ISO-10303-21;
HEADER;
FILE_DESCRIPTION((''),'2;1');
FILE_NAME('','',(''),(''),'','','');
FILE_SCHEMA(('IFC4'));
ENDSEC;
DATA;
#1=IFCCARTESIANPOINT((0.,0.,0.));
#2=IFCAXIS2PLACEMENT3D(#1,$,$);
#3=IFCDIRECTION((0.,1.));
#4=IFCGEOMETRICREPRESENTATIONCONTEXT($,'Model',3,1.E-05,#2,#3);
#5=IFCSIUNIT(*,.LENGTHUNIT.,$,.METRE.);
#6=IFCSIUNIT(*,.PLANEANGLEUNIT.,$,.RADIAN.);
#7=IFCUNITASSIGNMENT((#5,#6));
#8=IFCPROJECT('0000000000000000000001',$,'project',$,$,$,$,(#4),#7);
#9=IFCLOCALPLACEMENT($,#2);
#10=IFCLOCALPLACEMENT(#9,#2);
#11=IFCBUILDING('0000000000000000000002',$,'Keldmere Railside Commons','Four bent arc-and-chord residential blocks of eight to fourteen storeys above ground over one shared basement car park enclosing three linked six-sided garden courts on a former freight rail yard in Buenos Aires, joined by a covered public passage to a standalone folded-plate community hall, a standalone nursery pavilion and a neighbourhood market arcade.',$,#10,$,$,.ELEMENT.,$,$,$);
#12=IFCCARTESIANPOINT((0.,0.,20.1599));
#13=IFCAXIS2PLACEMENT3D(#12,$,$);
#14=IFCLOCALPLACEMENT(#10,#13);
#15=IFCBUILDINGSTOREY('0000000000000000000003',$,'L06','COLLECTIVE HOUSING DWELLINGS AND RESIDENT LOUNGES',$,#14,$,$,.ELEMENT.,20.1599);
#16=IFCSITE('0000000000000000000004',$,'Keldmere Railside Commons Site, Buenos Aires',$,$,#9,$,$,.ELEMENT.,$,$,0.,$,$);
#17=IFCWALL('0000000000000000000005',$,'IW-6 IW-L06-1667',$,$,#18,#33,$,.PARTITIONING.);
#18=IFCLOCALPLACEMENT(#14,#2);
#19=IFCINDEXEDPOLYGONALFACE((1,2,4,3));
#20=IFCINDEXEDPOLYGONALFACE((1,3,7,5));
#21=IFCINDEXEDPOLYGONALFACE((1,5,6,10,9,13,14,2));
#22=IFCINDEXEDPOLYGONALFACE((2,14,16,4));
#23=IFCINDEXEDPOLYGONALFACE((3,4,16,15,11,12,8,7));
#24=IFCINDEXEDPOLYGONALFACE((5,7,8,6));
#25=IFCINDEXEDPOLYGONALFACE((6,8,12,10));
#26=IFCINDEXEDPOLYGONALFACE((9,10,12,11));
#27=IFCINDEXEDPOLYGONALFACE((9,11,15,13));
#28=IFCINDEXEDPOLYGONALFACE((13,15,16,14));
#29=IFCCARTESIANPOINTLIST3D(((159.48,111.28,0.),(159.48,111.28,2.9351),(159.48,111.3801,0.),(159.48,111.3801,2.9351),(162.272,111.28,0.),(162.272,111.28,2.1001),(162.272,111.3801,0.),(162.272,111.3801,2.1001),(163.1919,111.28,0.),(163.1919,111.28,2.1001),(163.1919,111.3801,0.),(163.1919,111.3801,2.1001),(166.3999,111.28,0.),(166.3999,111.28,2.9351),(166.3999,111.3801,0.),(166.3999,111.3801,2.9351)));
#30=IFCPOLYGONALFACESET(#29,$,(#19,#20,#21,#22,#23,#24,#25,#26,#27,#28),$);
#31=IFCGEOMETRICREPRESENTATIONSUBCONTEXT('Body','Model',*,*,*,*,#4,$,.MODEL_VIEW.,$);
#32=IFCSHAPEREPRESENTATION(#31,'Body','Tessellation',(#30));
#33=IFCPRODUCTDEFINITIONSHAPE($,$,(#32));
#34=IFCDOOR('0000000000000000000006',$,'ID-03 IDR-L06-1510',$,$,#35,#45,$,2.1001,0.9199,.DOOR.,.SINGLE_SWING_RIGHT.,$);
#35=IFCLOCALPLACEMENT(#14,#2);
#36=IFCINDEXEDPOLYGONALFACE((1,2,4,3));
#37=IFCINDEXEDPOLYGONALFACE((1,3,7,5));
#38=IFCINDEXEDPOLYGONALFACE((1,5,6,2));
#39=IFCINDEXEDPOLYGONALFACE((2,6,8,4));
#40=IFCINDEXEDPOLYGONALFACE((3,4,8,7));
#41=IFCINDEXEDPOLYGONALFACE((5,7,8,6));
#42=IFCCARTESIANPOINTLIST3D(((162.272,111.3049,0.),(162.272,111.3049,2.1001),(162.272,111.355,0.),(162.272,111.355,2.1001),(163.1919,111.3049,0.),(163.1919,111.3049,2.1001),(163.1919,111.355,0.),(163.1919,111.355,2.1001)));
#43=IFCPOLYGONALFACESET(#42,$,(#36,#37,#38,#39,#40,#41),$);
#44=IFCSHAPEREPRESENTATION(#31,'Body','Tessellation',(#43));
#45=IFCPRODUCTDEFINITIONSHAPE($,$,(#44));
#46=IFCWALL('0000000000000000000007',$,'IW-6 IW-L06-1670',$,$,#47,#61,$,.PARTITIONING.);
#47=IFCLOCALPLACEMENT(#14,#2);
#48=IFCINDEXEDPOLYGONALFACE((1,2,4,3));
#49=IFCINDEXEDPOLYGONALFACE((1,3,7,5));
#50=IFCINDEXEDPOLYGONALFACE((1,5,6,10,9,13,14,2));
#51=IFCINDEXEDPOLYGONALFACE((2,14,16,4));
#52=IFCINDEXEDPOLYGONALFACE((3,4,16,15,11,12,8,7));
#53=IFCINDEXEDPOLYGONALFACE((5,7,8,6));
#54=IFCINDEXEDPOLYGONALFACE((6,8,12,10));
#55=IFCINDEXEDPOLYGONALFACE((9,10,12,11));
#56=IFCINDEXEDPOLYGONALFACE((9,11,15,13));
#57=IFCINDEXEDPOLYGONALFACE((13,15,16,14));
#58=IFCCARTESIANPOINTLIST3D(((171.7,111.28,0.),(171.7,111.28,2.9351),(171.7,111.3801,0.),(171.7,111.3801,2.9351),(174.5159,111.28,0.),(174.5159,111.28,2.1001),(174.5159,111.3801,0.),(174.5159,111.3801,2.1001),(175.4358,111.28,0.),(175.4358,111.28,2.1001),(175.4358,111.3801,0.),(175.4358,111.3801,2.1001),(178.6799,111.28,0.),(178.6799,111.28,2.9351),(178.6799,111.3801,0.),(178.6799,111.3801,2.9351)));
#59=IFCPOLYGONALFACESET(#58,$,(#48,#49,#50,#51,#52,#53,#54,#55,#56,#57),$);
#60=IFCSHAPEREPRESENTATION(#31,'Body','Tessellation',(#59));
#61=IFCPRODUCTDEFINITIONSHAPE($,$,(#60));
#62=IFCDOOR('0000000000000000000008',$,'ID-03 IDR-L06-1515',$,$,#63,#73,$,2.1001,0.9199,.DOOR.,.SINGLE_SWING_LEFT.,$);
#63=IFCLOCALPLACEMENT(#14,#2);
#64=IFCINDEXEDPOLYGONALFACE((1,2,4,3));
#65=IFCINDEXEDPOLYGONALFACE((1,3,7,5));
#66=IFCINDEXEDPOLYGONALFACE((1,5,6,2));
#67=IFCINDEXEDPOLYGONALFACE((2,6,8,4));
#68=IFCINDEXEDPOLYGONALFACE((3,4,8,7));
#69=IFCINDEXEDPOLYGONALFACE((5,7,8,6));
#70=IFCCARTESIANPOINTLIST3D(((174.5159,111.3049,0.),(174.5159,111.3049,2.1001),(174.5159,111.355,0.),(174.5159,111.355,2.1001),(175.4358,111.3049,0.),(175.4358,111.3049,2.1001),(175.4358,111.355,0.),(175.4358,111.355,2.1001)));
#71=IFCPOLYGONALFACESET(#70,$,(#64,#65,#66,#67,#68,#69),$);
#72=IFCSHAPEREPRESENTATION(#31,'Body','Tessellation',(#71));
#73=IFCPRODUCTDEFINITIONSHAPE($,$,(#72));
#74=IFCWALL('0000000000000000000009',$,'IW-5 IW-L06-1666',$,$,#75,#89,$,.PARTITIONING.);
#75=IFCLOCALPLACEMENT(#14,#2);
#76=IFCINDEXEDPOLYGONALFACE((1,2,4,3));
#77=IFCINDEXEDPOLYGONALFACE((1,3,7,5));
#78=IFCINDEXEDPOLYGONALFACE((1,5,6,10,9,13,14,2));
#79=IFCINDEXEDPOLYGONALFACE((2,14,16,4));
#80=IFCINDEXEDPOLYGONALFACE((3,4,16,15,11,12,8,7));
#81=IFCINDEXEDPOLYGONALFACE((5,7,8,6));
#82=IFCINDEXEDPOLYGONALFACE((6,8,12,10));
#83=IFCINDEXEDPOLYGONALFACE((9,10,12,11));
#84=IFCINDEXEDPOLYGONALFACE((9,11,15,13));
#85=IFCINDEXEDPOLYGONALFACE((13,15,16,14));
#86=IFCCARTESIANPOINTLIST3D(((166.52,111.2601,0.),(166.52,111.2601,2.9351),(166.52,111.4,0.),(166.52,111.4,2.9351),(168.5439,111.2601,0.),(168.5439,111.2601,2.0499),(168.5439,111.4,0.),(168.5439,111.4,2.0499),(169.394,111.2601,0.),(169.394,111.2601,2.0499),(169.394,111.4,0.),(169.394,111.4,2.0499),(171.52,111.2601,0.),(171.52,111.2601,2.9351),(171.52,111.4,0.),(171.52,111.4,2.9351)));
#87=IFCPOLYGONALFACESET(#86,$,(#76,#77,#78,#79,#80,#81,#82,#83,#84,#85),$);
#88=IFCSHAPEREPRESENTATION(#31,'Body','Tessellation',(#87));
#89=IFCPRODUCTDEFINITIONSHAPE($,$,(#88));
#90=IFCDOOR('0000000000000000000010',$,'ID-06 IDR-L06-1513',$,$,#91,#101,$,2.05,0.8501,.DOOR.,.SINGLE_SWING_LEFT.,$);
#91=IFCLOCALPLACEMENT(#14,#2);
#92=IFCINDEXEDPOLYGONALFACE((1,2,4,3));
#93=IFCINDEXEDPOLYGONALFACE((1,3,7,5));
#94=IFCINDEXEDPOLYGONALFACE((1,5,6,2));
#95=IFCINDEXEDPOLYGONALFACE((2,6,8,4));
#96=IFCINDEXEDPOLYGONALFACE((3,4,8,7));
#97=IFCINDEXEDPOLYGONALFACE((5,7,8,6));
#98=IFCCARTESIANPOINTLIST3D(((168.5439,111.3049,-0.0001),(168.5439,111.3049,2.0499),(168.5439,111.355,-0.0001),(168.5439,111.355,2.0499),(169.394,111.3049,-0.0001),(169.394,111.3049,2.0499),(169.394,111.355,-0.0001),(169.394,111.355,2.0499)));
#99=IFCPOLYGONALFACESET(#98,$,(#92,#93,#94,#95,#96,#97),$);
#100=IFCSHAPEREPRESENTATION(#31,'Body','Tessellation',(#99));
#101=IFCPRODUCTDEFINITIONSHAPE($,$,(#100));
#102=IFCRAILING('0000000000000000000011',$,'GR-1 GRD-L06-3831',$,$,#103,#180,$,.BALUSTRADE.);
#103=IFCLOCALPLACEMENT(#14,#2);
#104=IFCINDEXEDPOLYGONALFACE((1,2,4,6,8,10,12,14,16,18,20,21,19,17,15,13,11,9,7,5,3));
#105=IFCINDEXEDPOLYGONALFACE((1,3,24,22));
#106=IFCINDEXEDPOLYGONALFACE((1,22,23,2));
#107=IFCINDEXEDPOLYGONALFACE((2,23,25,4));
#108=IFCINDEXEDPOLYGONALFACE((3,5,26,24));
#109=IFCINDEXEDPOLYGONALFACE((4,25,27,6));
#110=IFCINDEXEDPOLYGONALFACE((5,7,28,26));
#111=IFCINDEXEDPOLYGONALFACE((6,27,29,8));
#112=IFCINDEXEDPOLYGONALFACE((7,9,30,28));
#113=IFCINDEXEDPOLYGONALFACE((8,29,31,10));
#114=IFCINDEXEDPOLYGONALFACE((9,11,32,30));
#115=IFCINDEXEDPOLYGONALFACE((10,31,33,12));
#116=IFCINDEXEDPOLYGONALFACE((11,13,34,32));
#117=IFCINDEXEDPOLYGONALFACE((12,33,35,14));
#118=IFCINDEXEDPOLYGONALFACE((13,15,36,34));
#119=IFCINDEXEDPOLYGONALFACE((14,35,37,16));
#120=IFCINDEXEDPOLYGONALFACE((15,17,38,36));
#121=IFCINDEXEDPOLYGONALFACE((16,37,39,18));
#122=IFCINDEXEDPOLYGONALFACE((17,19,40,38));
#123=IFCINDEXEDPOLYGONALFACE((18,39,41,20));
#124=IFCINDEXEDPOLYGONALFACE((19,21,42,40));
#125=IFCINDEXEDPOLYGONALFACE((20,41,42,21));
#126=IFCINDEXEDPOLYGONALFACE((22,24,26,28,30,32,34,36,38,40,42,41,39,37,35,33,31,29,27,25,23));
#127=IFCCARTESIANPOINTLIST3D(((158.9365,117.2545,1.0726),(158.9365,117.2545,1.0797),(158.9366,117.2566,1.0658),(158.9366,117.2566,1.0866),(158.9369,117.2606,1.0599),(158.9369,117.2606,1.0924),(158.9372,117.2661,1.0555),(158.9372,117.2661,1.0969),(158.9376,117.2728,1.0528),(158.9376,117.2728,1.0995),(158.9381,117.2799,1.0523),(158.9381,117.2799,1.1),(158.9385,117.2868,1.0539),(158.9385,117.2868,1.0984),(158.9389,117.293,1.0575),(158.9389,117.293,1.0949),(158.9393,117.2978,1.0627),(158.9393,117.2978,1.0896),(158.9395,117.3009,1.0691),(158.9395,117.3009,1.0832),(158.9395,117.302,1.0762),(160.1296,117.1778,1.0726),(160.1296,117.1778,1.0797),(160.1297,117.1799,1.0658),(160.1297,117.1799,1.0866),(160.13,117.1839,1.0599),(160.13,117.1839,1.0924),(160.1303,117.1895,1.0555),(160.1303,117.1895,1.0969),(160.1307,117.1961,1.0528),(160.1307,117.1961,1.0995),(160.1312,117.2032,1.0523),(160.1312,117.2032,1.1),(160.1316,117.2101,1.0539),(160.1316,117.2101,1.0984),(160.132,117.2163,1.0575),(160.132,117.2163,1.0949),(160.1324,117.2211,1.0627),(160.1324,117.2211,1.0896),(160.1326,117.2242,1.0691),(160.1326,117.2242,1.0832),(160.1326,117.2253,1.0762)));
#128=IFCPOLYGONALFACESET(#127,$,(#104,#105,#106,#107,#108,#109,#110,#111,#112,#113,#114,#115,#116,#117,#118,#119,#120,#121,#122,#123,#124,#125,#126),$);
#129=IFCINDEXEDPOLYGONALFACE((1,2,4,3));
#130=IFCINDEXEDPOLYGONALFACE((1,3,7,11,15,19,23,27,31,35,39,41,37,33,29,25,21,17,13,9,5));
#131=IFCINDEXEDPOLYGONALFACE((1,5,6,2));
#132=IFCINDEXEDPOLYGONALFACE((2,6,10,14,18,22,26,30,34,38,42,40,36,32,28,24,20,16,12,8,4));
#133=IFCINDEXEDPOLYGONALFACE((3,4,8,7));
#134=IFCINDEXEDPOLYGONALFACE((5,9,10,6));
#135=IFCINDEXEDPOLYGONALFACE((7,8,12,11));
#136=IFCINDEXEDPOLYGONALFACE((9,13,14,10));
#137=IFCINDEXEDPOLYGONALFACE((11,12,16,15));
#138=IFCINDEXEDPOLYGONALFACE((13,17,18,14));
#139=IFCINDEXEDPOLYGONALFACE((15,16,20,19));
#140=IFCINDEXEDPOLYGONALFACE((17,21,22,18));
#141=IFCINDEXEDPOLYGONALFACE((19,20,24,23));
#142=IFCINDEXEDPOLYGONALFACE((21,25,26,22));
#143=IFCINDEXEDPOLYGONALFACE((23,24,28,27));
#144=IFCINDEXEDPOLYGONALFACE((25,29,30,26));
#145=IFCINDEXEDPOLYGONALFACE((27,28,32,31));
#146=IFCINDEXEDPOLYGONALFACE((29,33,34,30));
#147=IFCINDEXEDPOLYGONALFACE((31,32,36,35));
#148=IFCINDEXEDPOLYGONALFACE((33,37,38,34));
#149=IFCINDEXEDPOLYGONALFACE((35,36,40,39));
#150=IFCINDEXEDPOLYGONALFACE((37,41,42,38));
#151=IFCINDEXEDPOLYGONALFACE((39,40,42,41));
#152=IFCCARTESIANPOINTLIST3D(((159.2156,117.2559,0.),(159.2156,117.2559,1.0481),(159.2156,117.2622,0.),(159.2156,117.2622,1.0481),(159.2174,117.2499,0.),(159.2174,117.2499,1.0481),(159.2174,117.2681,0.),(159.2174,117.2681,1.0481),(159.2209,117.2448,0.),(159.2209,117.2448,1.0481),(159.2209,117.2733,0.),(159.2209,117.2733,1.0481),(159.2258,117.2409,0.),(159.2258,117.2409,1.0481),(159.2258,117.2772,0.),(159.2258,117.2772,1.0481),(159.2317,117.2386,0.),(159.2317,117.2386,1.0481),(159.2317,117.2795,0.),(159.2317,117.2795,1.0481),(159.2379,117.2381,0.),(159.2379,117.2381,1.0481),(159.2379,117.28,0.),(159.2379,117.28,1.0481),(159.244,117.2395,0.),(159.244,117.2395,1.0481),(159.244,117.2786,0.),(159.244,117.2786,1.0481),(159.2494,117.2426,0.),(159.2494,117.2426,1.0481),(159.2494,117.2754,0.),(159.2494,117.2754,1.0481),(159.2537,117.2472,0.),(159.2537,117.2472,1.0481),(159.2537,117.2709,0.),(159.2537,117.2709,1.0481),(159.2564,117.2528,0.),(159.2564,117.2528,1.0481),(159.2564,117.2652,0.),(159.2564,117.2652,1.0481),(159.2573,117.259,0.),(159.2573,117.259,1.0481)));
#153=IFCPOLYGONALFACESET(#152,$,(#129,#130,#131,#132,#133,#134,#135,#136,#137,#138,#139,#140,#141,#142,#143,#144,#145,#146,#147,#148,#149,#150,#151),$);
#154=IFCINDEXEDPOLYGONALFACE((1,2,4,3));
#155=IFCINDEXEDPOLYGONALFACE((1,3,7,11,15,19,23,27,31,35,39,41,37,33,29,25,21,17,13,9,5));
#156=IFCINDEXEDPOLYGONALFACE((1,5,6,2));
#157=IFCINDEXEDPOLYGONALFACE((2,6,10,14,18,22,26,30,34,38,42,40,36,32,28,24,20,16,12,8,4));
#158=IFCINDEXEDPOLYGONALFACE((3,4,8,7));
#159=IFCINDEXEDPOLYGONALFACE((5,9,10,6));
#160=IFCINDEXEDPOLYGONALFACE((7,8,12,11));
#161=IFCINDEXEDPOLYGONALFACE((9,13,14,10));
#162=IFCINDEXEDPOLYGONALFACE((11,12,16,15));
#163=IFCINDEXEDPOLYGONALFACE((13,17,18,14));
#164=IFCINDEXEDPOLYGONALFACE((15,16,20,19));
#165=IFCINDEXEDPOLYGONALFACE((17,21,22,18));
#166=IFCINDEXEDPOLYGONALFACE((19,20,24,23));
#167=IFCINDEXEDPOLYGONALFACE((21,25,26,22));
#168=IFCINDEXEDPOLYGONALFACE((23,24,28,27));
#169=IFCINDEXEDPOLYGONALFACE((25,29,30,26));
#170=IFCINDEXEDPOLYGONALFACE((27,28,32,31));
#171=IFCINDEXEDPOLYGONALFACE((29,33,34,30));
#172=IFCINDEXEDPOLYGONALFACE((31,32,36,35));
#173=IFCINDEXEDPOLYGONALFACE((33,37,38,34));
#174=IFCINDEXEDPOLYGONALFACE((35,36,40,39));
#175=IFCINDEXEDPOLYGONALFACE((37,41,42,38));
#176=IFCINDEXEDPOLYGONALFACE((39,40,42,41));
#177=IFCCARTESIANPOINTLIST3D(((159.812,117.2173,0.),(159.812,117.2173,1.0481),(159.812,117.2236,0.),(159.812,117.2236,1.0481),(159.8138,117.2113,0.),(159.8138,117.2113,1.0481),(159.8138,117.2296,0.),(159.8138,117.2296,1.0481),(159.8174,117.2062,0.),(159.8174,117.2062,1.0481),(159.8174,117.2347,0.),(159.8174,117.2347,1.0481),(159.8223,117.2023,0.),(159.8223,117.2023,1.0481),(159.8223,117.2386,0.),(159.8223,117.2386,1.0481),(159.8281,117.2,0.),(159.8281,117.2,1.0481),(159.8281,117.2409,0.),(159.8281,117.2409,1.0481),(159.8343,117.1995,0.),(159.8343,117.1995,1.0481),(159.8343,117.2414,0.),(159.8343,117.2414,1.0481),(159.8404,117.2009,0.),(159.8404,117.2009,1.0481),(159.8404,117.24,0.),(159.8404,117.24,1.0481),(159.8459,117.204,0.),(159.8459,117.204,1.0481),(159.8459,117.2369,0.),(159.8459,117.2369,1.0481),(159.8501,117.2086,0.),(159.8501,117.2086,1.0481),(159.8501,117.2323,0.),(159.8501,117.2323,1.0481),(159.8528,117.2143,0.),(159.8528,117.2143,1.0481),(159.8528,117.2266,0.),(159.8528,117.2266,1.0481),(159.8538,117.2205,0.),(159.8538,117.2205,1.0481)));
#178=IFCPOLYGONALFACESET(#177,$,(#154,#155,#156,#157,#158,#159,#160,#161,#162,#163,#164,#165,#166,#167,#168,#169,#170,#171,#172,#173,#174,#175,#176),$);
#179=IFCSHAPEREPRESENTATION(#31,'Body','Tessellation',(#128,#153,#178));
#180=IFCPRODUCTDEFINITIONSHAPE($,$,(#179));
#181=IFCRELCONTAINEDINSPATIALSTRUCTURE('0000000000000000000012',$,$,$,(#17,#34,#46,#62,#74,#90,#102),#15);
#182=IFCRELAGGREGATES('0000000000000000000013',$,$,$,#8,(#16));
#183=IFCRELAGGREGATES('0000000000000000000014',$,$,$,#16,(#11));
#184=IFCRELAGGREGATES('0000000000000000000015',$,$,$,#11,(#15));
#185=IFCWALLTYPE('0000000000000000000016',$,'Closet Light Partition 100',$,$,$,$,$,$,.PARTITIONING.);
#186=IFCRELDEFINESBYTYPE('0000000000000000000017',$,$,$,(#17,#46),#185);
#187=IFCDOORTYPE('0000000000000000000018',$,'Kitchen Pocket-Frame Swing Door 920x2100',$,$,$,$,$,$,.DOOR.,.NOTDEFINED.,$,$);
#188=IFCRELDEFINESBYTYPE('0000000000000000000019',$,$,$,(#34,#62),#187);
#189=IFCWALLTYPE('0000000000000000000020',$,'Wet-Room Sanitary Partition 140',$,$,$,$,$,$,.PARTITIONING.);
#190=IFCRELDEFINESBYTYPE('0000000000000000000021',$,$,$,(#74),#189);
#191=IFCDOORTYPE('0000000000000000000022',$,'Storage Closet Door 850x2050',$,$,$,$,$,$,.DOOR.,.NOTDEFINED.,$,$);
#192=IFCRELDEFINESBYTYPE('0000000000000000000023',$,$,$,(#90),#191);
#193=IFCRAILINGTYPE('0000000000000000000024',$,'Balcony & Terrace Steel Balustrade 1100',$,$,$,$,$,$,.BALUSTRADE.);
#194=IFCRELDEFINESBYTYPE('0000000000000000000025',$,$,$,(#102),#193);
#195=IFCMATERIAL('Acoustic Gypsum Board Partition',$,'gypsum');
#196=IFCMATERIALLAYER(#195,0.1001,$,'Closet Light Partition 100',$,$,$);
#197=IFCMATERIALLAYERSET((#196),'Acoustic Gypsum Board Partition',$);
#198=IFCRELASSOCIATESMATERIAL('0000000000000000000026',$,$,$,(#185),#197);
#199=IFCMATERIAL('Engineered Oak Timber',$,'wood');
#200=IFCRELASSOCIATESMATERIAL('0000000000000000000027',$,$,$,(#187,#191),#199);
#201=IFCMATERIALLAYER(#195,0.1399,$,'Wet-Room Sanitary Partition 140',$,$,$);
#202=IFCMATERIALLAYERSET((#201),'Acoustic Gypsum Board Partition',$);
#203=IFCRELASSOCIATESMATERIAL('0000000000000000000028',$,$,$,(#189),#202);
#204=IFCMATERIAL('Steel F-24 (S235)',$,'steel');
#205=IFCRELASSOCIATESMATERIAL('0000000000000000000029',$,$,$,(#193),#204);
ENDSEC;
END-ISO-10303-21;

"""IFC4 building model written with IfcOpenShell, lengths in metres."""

from ifc_helpers import new_model, si_unit, direction, frame, frame_2d, origin, origin_2d, place, context, subcontext, project, spatial, rectangle, circle, extrude, material, layer, layer_set, type_object, element, fill, save


model = new_model("IFC4")

# Units and contexts
model_context = context("Model", 3, precision=1e-05, world=origin(), true_north=direction((0.0, 1.0)))
body_context = subcontext(model_context, "Body", "Model", "MODEL_VIEW")
ifc_project = project(units=[si_unit("LENGTHUNIT", "METRE"), si_unit("PLANEANGLEUNIT", "RADIAN")], contexts=[model_context])

# Site, building, storey
site_placement = place(None, origin())
site = spatial("IfcSite", under=ifc_project, at=site_placement, Name="Keldmere Railside Commons Site, Buenos Aires", CompositionType="ELEMENT", RefElevation=0.0)
building_placement = place(site_placement, origin())
building = spatial("IfcBuilding", under=site, at=building_placement, Name="Keldmere Railside Commons", Description="Four bent arc-and-chord residential blocks of eight to fourteen storeys above ground over one shared basement car park enclosing three linked six-sided garden courts on a former freight rail yard in Buenos Aires, joined by a covered public passage to a standalone folded-plate community hall, a standalone nursery pavilion and a neighbourhood market arcade.", CompositionType="ELEMENT")
storey_placement = place(building_placement, frame((0.0, 0.0, 20.1599)))
storey = spatial("IfcBuildingStorey", under=building, at=storey_placement, Name="L06", Description="COLLECTIVE HOUSING DWELLINGS AND RESIDENT LOUNGES", CompositionType="ELEMENT", Elevation=20.1599)

# Walls, openings, doors
ifc_material_1 = material(Name="Acoustic Gypsum Board Partition", Category="gypsum")
ifc_layer_1 = layer(ifc_material_1, 0.1001, Name="Closet Light Partition 100")
ifc_layer_set_1 = layer_set([ifc_layer_1], Name="Acoustic Gypsum Board Partition")
wall_type_1 = type_object("IfcWallType", Name="Closet Light Partition 100", PredefinedType="PARTITIONING", material=ifc_layer_set_1)
wall_1_placement = place(storey_placement, frame((159.48, 111.3301, 0.0), z_axis=(0.0, 0.0, 1.0), x_axis=(1.0, 0.0, 0.0)))
wall_1 = element("IfcWall", 1, at=wall_1_placement, inside=storey, type_object=wall_type_1, Name="IW-6 IW-L06-1667", PredefinedType="PARTITIONING", context=body_context, shape_type="SweptSolid", body=[
    extrude(rectangle(XDim=6.9199, YDim=0.1001, at=frame_2d((3.46, 0.0))), origin(), (0.0, 0.0, 1.0), 2.9351),
])
opening_1_placement = place(wall_1_placement, frame((2.792, 0.0, 0.0)))
opening_1 = element("IfcOpeningElement", 2, at=opening_1_placement, cuts=wall_1, PredefinedType="OPENING", context=body_context, shape_type="SweptSolid", body=[
    extrude(rectangle(XDim=0.9199, YDim=2.1001, at=frame_2d((0.46, 1.05))), frame((0.0, 0.0601, 0.0), z_axis=(0.0, -1.0, 0.0), x_axis=(1.0, 0.0, 0.0)), (0.0, 0.0, 1.0), 0.1201),
])
ifc_material_2 = material(Name="Engineered Oak Timber", Category="wood")
door_type_1 = type_object("IfcDoorType", Name="Kitchen Pocket-Frame Swing Door 920x2100", OperationType="NOTDEFINED", PredefinedType="DOOR", material=ifc_material_2)
door_1_placement = place(opening_1_placement, origin())
door_1 = element("IfcDoor", 3, at=door_1_placement, inside=storey, type_object=door_type_1, Name="ID-03 IDR-L06-1510", OperationType="SINGLE_SWING_RIGHT", OverallHeight=2.1001, OverallWidth=0.9199, PredefinedType="DOOR", context=body_context, shape_type="SweptSolid", body=[
    extrude(rectangle(XDim=0.9199, YDim=2.1001, at=frame_2d((0.46, 1.05))), frame((0.0, 0.0249, 0.0), z_axis=(0.0, -1.0, 0.0), x_axis=(1.0, 0.0, 0.0)), (0.0, 0.0, 1.0), 0.05),
])
fill(opening_1, door_1)
wall_2_placement = place(storey_placement, frame((171.7, 111.3301, 0.0), z_axis=(0.0, 0.0, 1.0), x_axis=(1.0, 0.0, 0.0)))
wall_2 = element("IfcWall", 4, at=wall_2_placement, inside=storey, type_object=wall_type_1, Name="IW-6 IW-L06-1670", PredefinedType="PARTITIONING", context=body_context, shape_type="SweptSolid", body=[
    extrude(rectangle(XDim=6.98, YDim=0.1001, at=frame_2d((3.49, 0.0))), origin(), (0.0, 0.0, 1.0), 2.9351),
])
opening_2_placement = place(wall_2_placement, frame((2.8159, 0.0, 0.0)))
opening_2 = element("IfcOpeningElement", 5, at=opening_2_placement, cuts=wall_2, PredefinedType="OPENING", context=body_context, shape_type="SweptSolid", body=[
    extrude(rectangle(XDim=0.9199, YDim=2.1001, at=frame_2d((0.46, 1.05))), frame((0.0, 0.0601, 0.0), z_axis=(0.0, -1.0, 0.0), x_axis=(1.0, 0.0, 0.0)), (0.0, 0.0, 1.0), 0.1201),
])
door_2_placement = place(opening_2_placement, origin())
door_2 = element("IfcDoor", 6, at=door_2_placement, inside=storey, type_object=door_type_1, Name="ID-03 IDR-L06-1515", OperationType="SINGLE_SWING_LEFT", OverallHeight=2.1001, OverallWidth=0.9199, PredefinedType="DOOR", context=body_context, shape_type="SweptSolid", body=[
    extrude(rectangle(XDim=0.9199, YDim=2.1001, at=frame_2d((0.46, 1.05))), frame((0.0, 0.0249, 0.0), z_axis=(0.0, -1.0, 0.0), x_axis=(1.0, 0.0, 0.0)), (0.0, 0.0, 1.0), 0.05),
])
fill(opening_2, door_2)
ifc_layer_2 = layer(ifc_material_1, 0.1399, Name="Wet-Room Sanitary Partition 140")
ifc_layer_set_2 = layer_set([ifc_layer_2], Name="Acoustic Gypsum Board Partition")
wall_type_2 = type_object("IfcWallType", Name="Wet-Room Sanitary Partition 140", PredefinedType="PARTITIONING", material=ifc_layer_set_2)
wall_3_placement = place(storey_placement, frame((166.52, 111.3301, 0.0), z_axis=(0.0, 0.0, 1.0), x_axis=(1.0, 0.0, 0.0)))
wall_3 = element("IfcWall", 7, at=wall_3_placement, inside=storey, type_object=wall_type_2, Name="IW-5 IW-L06-1666", PredefinedType="PARTITIONING", context=body_context, shape_type="SweptSolid", body=[
    extrude(rectangle(XDim=5.0, YDim=0.1399, at=frame_2d((2.5, 0.0))), origin(), (0.0, 0.0, 1.0), 2.9351),
])
opening_3_placement = place(wall_3_placement, frame((2.0239, 0.0, 0.0)))
opening_3 = element("IfcOpeningElement", 8, at=opening_3_placement, cuts=wall_3, PredefinedType="OPENING", context=body_context, shape_type="SweptSolid", body=[
    extrude(rectangle(XDim=0.8501, YDim=2.05, at=frame_2d((0.425, 1.0249))), frame((0.0, 0.0798, 0.0), z_axis=(0.0, -1.0, 0.0), x_axis=(1.0, 0.0, 0.0)), (0.0, 0.0, 1.0), 0.1599),
])
door_type_2 = type_object("IfcDoorType", Name="Storage Closet Door 850x2050", OperationType="NOTDEFINED", PredefinedType="DOOR", material=ifc_material_2)
door_3_placement = place(opening_3_placement, origin())
door_3 = element("IfcDoor", 9, at=door_3_placement, inside=storey, type_object=door_type_2, Name="ID-06 IDR-L06-1513", OperationType="SINGLE_SWING_LEFT", OverallHeight=2.05, OverallWidth=0.8501, PredefinedType="DOOR", context=body_context, shape_type="SweptSolid", body=[
    extrude(rectangle(XDim=0.8501, YDim=2.05, at=frame_2d((0.425, 1.0249))), frame((0.0, 0.0249, 0.0), z_axis=(0.0, -1.0, 0.0), x_axis=(1.0, 0.0, 0.0)), (0.0, 0.0, 1.0), 0.05),
])
fill(opening_3, door_3)

# Railing
ifc_material_3 = material(Name="Steel F-24 (S235)", Category="steel")
railing_type = type_object("IfcRailingType", Name="Balcony & Terrace Steel Balustrade 1100", PredefinedType="BALUSTRADE", material=ifc_material_3)
railing_1_placement = place(storey_placement, frame((158.938, 117.2781, 0.0)))
element("IfcRailing", 10, at=railing_1_placement, inside=storey, type_object=railing_type, Name="GR-1 GRD-L06-3831", PredefinedType="BALUSTRADE", context=body_context, shape_type="SweptSolid", body=[
    extrude(circle(Radius=0.0239, at=origin_2d()), frame((0.0, 0.0, 1.0762), z_axis=(0.997942, -0.06412, 0.0), x_axis=(0.06412, 0.997942, 0.0)), (0.0, 0.0, 1.0), 1.1956),
    extrude(circle(Radius=0.021, at=origin_2d()), frame((0.2983, -0.019, 0.0)), (0.0, 0.0, 1.0), 1.0481),
    extrude(circle(Radius=0.021, at=origin_2d()), frame((0.8948, -0.0576, 0.0)), (0.0, 0.0, 1.0), 1.0481),
])

save(model, "model.ifc")
